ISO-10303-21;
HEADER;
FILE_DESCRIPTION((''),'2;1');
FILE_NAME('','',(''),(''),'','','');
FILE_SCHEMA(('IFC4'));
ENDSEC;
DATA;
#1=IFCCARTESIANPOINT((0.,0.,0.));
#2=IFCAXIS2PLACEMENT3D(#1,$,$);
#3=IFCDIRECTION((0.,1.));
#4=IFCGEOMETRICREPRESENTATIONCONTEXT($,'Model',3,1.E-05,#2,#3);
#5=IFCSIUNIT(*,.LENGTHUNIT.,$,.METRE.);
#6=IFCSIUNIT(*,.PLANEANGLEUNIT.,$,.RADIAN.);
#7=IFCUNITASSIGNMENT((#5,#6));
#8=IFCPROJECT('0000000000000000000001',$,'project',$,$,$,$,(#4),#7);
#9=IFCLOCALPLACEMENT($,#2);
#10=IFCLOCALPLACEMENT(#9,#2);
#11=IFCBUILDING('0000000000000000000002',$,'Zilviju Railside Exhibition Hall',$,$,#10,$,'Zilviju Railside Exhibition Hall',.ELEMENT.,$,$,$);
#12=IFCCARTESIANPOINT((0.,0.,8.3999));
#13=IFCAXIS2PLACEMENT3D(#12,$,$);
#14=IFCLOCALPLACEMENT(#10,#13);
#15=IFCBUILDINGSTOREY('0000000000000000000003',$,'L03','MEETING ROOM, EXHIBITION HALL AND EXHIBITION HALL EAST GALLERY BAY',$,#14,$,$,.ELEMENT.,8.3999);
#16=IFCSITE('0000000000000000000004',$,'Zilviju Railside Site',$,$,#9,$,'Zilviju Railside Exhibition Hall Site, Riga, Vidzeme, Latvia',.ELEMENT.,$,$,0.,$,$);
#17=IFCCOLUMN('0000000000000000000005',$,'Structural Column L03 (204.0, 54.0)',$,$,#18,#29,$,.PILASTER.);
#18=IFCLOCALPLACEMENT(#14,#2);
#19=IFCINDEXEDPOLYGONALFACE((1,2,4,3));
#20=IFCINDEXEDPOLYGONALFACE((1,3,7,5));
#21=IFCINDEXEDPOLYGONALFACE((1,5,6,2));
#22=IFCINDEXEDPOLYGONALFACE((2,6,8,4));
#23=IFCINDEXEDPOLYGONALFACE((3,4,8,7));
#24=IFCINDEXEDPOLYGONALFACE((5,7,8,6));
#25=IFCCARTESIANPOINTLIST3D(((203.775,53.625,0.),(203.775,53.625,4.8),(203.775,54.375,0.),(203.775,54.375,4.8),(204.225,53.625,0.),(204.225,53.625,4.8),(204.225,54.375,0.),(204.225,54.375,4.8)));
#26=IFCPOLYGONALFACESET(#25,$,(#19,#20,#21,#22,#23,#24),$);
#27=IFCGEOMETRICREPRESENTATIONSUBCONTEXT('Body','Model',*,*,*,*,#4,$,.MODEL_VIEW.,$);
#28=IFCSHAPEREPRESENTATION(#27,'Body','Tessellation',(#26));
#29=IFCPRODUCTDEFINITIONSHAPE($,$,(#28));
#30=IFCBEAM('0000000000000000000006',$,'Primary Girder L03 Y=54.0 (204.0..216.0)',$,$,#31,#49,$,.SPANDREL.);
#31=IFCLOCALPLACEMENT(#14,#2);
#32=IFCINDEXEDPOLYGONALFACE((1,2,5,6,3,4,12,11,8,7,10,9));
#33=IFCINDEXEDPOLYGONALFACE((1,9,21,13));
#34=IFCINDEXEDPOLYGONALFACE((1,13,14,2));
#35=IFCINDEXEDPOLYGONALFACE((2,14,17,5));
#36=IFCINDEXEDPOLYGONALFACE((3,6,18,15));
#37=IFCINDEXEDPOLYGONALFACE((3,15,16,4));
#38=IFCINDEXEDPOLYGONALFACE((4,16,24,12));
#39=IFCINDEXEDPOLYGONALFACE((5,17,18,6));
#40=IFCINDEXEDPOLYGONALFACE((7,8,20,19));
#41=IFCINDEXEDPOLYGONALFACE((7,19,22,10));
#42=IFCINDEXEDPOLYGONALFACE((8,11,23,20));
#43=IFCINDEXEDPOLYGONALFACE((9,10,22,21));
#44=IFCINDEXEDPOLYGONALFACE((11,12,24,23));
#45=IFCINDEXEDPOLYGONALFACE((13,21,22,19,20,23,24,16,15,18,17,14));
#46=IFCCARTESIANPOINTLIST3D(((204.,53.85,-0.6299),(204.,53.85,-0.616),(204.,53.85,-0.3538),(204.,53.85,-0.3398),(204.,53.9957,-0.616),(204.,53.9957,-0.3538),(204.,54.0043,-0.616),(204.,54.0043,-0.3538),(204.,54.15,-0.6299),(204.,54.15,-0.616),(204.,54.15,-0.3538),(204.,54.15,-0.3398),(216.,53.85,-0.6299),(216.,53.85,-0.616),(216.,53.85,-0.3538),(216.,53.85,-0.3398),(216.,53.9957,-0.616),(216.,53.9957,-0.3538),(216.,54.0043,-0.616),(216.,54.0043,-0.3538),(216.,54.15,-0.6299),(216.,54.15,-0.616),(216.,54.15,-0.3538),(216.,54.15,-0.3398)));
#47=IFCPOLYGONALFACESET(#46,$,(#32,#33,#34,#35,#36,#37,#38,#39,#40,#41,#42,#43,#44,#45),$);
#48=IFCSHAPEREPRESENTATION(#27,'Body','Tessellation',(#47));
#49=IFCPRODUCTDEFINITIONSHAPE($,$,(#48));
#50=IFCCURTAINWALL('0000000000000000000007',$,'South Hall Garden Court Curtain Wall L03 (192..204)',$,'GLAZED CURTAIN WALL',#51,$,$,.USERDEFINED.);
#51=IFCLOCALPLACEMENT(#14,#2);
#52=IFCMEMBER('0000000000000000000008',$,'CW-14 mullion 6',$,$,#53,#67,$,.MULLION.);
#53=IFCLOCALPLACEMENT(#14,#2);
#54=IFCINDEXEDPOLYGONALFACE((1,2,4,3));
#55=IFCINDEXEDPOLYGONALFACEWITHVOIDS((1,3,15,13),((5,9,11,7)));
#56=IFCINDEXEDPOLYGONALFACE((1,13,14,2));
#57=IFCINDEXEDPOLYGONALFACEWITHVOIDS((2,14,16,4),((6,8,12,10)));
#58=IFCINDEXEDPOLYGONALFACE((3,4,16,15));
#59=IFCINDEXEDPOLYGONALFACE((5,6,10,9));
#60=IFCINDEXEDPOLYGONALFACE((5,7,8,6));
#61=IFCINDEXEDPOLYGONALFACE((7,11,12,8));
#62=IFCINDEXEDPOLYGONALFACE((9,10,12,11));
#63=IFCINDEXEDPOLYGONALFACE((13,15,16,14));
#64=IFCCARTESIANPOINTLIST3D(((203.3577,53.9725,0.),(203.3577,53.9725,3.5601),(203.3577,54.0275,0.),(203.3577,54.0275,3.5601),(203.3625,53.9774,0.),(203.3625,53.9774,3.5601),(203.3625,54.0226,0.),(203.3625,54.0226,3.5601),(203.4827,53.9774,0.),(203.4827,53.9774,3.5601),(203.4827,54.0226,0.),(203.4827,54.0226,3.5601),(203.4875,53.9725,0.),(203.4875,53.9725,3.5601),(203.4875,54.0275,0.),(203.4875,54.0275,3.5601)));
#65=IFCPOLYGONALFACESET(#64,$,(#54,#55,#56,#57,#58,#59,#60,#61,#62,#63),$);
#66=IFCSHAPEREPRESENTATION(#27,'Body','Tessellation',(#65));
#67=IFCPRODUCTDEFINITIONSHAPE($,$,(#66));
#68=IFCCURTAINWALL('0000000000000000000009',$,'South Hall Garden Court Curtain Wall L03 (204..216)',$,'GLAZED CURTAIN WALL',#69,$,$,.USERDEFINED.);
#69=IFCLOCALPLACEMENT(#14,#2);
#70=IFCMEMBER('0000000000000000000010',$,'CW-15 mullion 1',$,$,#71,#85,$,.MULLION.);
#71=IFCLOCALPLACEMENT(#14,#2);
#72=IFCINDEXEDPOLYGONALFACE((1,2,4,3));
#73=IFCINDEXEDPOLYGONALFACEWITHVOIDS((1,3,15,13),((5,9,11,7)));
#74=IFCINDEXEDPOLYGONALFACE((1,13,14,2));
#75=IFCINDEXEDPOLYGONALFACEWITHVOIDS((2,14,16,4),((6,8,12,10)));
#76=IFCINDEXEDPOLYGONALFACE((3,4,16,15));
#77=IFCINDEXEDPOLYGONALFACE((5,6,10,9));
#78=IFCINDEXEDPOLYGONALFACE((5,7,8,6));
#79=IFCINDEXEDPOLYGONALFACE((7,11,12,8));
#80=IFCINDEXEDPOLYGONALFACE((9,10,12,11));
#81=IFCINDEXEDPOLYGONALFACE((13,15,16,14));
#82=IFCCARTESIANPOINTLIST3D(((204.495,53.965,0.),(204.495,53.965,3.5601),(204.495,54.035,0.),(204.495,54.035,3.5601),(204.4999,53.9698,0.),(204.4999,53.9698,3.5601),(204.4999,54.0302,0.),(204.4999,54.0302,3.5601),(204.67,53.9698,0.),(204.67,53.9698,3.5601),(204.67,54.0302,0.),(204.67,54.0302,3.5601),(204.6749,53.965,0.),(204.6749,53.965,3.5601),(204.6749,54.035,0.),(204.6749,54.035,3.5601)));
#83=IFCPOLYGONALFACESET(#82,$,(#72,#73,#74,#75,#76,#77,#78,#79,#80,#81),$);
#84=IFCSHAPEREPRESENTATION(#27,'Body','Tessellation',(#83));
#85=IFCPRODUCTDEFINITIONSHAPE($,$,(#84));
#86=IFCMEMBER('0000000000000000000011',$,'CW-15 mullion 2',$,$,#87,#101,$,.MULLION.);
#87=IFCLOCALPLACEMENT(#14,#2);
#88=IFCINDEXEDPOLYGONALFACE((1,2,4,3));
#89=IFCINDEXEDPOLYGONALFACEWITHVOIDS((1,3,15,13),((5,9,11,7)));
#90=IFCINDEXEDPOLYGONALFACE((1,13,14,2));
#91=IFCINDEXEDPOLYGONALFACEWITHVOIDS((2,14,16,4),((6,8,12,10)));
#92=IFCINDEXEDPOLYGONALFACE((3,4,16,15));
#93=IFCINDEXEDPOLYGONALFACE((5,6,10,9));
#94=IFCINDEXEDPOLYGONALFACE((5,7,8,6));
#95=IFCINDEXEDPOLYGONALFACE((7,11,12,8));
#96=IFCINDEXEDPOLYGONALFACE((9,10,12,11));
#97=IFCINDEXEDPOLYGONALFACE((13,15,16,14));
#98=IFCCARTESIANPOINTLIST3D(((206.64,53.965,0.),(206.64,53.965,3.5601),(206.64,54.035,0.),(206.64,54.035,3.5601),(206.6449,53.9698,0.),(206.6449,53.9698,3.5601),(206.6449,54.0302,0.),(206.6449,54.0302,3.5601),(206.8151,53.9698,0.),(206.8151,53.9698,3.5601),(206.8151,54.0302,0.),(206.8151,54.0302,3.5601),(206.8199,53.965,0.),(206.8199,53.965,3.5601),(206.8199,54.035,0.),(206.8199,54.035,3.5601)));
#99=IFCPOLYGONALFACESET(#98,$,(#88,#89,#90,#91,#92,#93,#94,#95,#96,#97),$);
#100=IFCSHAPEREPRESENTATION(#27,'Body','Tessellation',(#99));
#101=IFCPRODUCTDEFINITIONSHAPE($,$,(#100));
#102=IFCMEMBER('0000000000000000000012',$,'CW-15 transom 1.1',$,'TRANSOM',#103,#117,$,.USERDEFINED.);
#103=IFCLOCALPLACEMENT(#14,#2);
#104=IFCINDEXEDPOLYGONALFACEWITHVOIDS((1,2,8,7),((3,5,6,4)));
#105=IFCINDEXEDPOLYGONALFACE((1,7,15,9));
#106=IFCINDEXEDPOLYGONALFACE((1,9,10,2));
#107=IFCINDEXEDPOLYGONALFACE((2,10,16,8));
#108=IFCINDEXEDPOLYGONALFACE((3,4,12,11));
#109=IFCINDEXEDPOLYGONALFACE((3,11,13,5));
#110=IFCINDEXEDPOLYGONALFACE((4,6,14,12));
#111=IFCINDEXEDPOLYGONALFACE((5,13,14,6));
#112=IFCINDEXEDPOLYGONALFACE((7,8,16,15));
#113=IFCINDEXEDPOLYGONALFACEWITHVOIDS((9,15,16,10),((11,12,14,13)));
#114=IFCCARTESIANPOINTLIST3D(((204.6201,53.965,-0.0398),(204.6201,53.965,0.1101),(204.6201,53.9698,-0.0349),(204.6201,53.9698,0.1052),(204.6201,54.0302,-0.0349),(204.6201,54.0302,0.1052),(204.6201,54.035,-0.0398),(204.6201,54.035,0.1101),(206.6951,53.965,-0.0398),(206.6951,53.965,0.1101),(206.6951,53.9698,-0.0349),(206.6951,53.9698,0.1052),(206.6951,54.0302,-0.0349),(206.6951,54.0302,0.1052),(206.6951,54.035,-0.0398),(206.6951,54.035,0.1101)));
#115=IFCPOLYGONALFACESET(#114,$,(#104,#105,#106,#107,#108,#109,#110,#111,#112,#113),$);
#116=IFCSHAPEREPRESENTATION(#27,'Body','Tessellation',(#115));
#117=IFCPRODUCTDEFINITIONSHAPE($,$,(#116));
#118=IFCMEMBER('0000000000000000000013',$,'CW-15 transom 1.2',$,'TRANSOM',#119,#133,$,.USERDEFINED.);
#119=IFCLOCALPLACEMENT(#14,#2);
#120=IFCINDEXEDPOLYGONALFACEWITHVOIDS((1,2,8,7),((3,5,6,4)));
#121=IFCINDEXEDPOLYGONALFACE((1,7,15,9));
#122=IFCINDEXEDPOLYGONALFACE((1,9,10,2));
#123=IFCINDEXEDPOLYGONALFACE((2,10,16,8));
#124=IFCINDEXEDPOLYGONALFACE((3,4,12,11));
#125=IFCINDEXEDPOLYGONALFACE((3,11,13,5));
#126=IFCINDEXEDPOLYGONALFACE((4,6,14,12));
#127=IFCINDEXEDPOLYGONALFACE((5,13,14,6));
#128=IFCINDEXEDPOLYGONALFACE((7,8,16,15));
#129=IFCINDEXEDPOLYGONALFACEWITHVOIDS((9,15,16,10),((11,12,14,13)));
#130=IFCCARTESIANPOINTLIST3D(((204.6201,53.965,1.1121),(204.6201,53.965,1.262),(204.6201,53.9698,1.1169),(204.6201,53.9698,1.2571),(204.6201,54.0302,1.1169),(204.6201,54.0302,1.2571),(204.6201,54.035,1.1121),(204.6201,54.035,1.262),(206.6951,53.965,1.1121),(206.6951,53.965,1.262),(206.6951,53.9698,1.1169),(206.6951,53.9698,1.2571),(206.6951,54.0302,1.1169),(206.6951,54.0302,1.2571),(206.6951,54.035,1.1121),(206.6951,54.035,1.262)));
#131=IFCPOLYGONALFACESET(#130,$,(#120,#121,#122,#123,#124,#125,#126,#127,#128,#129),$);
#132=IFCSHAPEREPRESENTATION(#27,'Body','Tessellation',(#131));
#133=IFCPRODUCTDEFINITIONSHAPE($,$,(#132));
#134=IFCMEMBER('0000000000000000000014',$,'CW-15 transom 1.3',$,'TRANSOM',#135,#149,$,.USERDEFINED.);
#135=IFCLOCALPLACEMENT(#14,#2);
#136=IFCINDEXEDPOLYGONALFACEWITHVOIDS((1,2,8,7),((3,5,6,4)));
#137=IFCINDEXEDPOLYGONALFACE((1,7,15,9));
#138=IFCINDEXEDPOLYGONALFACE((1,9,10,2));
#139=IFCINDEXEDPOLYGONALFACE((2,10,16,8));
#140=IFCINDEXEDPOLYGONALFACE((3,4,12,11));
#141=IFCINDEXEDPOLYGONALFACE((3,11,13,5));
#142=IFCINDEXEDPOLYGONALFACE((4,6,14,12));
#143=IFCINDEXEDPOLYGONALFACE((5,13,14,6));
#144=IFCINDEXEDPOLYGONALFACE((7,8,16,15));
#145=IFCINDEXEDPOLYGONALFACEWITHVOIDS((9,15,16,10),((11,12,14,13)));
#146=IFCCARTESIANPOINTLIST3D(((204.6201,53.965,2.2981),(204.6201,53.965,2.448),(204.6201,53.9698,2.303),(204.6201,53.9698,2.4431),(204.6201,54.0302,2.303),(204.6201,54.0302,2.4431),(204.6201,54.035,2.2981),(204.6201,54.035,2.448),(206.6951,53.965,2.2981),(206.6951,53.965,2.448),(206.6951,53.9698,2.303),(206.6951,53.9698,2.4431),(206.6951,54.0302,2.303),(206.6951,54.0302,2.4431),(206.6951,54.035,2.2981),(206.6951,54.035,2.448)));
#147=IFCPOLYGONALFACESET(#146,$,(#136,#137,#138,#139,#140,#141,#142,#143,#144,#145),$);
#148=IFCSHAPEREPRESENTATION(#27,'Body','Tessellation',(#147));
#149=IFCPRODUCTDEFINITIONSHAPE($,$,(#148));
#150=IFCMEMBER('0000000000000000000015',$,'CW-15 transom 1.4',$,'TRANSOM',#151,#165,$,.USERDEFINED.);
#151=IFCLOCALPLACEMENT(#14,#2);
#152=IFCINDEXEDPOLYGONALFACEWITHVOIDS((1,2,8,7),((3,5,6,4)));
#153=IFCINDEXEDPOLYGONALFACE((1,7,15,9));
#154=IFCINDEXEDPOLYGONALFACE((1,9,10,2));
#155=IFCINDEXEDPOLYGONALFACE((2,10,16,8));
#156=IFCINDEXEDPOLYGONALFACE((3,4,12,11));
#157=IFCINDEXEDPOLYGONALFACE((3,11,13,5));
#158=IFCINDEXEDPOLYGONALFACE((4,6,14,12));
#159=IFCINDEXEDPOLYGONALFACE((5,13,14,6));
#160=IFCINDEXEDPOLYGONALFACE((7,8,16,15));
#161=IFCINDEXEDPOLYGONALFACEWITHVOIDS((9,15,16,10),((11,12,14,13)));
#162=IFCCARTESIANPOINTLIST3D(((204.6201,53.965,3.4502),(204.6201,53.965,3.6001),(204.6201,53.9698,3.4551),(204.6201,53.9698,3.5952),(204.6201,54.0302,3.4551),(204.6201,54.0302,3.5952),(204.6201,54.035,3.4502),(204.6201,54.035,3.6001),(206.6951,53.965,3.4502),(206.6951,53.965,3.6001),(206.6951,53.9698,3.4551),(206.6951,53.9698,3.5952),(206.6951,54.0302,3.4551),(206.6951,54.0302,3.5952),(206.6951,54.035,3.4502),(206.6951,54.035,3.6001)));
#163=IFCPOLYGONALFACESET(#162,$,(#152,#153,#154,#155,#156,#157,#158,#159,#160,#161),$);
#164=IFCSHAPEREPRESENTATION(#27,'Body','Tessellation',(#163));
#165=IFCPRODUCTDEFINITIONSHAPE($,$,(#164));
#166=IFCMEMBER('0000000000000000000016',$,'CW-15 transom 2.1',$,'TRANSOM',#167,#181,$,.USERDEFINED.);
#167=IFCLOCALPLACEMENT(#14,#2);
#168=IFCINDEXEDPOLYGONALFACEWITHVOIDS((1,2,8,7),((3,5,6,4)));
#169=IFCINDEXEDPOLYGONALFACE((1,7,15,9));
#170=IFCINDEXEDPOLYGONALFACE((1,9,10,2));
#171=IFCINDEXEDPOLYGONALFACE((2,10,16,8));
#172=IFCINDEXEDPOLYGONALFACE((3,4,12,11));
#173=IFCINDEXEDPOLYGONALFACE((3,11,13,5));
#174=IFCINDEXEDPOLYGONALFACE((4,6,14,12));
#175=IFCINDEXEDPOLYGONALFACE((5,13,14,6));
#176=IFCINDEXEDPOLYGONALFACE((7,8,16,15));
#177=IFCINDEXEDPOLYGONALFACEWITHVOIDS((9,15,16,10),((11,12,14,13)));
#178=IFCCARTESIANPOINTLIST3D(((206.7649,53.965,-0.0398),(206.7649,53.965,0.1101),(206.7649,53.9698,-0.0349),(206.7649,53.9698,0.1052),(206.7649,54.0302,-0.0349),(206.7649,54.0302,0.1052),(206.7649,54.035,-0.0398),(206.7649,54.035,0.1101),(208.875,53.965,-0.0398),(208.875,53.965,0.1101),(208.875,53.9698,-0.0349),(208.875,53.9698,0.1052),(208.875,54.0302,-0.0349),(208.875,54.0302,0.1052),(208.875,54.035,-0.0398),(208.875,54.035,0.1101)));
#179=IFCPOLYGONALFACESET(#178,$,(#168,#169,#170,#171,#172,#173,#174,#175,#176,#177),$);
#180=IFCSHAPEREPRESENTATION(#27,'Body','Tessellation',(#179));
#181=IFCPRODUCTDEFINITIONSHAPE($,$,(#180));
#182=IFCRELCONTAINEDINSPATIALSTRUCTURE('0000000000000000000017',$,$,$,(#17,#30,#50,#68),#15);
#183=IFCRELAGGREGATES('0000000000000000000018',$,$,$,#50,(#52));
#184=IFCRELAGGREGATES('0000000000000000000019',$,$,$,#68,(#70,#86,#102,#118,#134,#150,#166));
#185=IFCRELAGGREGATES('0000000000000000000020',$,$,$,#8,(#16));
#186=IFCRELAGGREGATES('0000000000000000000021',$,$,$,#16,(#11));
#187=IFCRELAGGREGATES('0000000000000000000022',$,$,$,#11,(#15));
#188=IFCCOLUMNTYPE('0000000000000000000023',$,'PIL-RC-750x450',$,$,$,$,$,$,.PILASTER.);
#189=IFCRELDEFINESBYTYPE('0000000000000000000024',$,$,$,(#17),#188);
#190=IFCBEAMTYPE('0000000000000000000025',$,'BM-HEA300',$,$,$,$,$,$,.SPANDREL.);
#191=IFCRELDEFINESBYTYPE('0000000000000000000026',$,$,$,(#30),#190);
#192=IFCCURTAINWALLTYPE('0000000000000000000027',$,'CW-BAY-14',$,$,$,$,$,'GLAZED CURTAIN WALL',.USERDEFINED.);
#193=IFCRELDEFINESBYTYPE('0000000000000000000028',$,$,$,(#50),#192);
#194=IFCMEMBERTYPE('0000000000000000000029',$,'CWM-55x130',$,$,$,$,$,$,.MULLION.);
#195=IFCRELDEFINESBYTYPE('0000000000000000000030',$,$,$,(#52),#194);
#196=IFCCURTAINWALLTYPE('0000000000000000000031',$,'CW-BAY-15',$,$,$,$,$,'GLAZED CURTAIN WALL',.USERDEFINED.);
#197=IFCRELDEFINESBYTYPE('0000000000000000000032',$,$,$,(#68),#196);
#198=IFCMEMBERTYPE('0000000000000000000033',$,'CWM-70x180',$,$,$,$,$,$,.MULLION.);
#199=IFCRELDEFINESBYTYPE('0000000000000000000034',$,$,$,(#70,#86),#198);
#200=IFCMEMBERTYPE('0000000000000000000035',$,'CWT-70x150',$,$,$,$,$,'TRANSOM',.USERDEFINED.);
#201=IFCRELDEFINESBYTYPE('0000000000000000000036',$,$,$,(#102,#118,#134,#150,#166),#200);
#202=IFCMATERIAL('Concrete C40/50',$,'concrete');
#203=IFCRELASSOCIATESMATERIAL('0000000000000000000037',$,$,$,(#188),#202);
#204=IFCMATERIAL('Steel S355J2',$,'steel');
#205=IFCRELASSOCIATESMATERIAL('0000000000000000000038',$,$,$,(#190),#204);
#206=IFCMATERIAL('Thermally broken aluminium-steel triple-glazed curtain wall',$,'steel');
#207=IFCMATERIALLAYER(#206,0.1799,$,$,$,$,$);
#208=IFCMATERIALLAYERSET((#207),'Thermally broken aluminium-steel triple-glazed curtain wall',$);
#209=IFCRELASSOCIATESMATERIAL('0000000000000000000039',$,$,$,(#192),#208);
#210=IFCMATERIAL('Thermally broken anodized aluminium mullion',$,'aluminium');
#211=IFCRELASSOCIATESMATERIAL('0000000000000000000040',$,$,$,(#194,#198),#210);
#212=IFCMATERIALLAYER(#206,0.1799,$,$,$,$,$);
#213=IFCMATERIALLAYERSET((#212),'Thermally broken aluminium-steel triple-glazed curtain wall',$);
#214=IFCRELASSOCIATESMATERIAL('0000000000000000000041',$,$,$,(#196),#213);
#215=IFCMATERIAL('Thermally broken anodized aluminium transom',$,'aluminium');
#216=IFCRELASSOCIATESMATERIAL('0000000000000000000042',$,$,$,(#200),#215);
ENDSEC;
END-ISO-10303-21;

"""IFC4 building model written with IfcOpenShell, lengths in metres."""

from ifc_helpers import new_model, si_unit, direction, frame, origin, origin_2d, place, context, subcontext, project, spatial, rectangle, hollow_rectangle, i_section, extrude, material, layer, layer_set, material_profile, profile_set, type_object, element, aggregate, save


model = new_model("IFC4")

# Units and contexts
model_context = context("Model", 3, precision=1e-05, world=origin(), true_north=direction((0.0, 1.0)))
body_context = subcontext(model_context, "Body", "Model", "MODEL_VIEW")
ifc_project = project(units=[si_unit("LENGTHUNIT", "METRE"), si_unit("PLANEANGLEUNIT", "RADIAN")], contexts=[model_context])

# Site, building, storey
site_placement = place(None, origin())
site = spatial("IfcSite", under=ifc_project, at=site_placement, Name="Zilviju Railside Site", LongName="Zilviju Railside Exhibition Hall Site, Riga, Vidzeme, Latvia", CompositionType="ELEMENT", RefElevation=0.0)
building_placement = place(site_placement, origin())
building = spatial("IfcBuilding", under=site, at=building_placement, Name="Zilviju Railside Exhibition Hall", LongName="Zilviju Railside Exhibition Hall", CompositionType="ELEMENT")
storey_placement = place(building_placement, frame((0.0, 0.0, 8.3999)))
storey = spatial("IfcBuildingStorey", under=building, at=storey_placement, Name="L03", Description="MEETING ROOM, EXHIBITION HALL AND EXHIBITION HALL EAST GALLERY BAY", CompositionType="ELEMENT", Elevation=8.3999)

# Column
ifc_material_1 = material(Name="Concrete C40/50", Category="concrete")
ifc_material_profile_1 = material_profile(ifc_material_1, rectangle(XDim=0.45, YDim=0.75, at=origin_2d()), Name="RC COL 450x750")
ifc_profile_set_1 = profile_set([ifc_material_profile_1], Name="Concrete C40/50")
column_type = type_object("IfcColumnType", Name="PIL-RC-750x450", PredefinedType="PILASTER", material=ifc_profile_set_1)
column_placement = place(storey_placement, frame((204.0, 54.0, 0.0), z_axis=(0.0, 0.0, 1.0), x_axis=(1.0, 0.0, 0.0)))
element("IfcColumn", 1, at=column_placement, inside=storey, type_object=column_type, Name="Structural Column L03 (204.0, 54.0)", PredefinedType="PILASTER", context=body_context, shape_type="SweptSolid", body=[
    extrude(rectangle(XDim=0.45, YDim=0.75, at=origin_2d()), origin(), (0.0, 0.0, 1.0), 4.8),
])

# Beam
ifc_material_2 = material(Name="Steel S355J2", Category="steel")
ifc_material_profile_2 = material_profile(ifc_material_2, i_section(OverallWidth=0.3, OverallDepth=0.29, WebThickness=0.0085, FlangeThickness=0.0139, at=origin_2d()), Name="HEA 300")
ifc_profile_set_2 = profile_set([ifc_material_profile_2], Name="Steel S355J2")
beam_type = type_object("IfcBeamType", Name="BM-HEA300", PredefinedType="SPANDREL", material=ifc_profile_set_2)
beam_placement = place(storey_placement, frame((204.0, 54.0, -0.4849), z_axis=(1.0, 0.0, 0.0), x_axis=(0.0, 1.0, 0.0)))
element("IfcBeam", 2, at=beam_placement, inside=storey, type_object=beam_type, Name="Primary Girder L03 Y=54.0 (204.0..216.0)", PredefinedType="SPANDREL", context=body_context, shape_type="SweptSolid", body=[
    extrude(i_section(OverallWidth=0.3, OverallDepth=0.29, WebThickness=0.0085, FlangeThickness=0.0139, at=origin_2d()), origin(), (0.0, 0.0, 1.0), 12.0),
])

# Curtain wall, member
ifc_material_3 = material(Name="Thermally broken aluminium-steel triple-glazed curtain wall", Category="steel")
ifc_layer_1 = layer(ifc_material_3, 0.1799)
ifc_layer_set_1 = layer_set([ifc_layer_1], Name="Thermally broken aluminium-steel triple-glazed curtain wall")
curtain_wall_type_1 = type_object("IfcCurtainWallType", Name="CW-BAY-14", ElementType="GLAZED CURTAIN WALL", PredefinedType="USERDEFINED", material=ifc_layer_set_1)
curtain_wall_1_placement = place(storey_placement, origin())
curtain_wall_1 = element("IfcCurtainWall", 3, at=curtain_wall_1_placement, inside=storey, type_object=curtain_wall_type_1, Name="South Hall Garden Court Curtain Wall L03 (192..204)", ObjectType="GLAZED CURTAIN WALL", PredefinedType="USERDEFINED")
ifc_material_4 = material(Name="Thermally broken anodized aluminium mullion", Category="aluminium")
ifc_material_profile_3 = material_profile(ifc_material_4, hollow_rectangle(XDim=0.0549, YDim=0.1299, WallThickness=0.0049, at=origin_2d()), Name="MULLION 130x55x5")
ifc_profile_set_3 = profile_set([ifc_material_profile_3], Name="Thermally broken anodized aluminium mullion")
member_type_1 = type_object("IfcMemberType", Name="CWM-55x130", PredefinedType="MULLION", material=ifc_profile_set_3)
member_1_placement = place(storey_placement, frame((203.4226, 54.0, 0.0), z_axis=(0.0, 0.0, 1.0), x_axis=(0.0, 1.0, 0.0)))
member_1 = element("IfcMember", 4, at=member_1_placement, type_object=member_type_1, Name="CW-14 mullion 6", PredefinedType="MULLION", context=body_context, shape_type="SweptSolid", body=[
    extrude(hollow_rectangle(XDim=0.0549, YDim=0.1299, WallThickness=0.0049, at=origin_2d()), origin(), (0.0, 0.0, 1.0), 3.5601),
])

# Curtain wall, members
ifc_layer_2 = layer(ifc_material_3, 0.1799)
ifc_layer_set_2 = layer_set([ifc_layer_2], Name="Thermally broken aluminium-steel triple-glazed curtain wall")
curtain_wall_type_2 = type_object("IfcCurtainWallType", Name="CW-BAY-15", ElementType="GLAZED CURTAIN WALL", PredefinedType="USERDEFINED", material=ifc_layer_set_2)
curtain_wall_2_placement = place(storey_placement, origin())
curtain_wall_2 = element("IfcCurtainWall", 5, at=curtain_wall_2_placement, inside=storey, type_object=curtain_wall_type_2, Name="South Hall Garden Court Curtain Wall L03 (204..216)", ObjectType="GLAZED CURTAIN WALL", PredefinedType="USERDEFINED")
ifc_material_profile_4 = material_profile(ifc_material_4, hollow_rectangle(XDim=0.0701, YDim=0.1799, WallThickness=0.0049, at=origin_2d()), Name="MULLION 180x70x5")
ifc_profile_set_4 = profile_set([ifc_material_profile_4], Name="Thermally broken anodized aluminium mullion")
member_type_2 = type_object("IfcMemberType", Name="CWM-70x180", PredefinedType="MULLION", material=ifc_profile_set_4)
member_2_placement = place(storey_placement, frame((204.585, 54.0, 0.0), z_axis=(0.0, 0.0, 1.0), x_axis=(0.0, 1.0, 0.0)))
member_2 = element("IfcMember", 6, at=member_2_placement, type_object=member_type_2, Name="CW-15 mullion 1", PredefinedType="MULLION", context=body_context, shape_type="SweptSolid", body=[
    extrude(hollow_rectangle(XDim=0.0701, YDim=0.1799, WallThickness=0.0049, at=origin_2d()), origin(), (0.0, 0.0, 1.0), 3.5601),
])
member_3_placement = place(storey_placement, frame((206.73, 54.0, 0.0), z_axis=(0.0, 0.0, 1.0), x_axis=(0.0, 1.0, 0.0)))
member_3 = element("IfcMember", 7, at=member_3_placement, type_object=member_type_2, Name="CW-15 mullion 2", PredefinedType="MULLION", context=body_context, shape_type="SweptSolid", body=[
    extrude(hollow_rectangle(XDim=0.0701, YDim=0.1799, WallThickness=0.0049, at=origin_2d()), origin(), (0.0, 0.0, 1.0), 3.5601),
])
ifc_material_5 = material(Name="Thermally broken anodized aluminium transom", Category="aluminium")
ifc_material_profile_5 = material_profile(ifc_material_5, hollow_rectangle(XDim=0.0701, YDim=0.1499, WallThickness=0.0049, at=origin_2d()), Name="TRANSOM 150x70x5")
ifc_profile_set_5 = profile_set([ifc_material_profile_5], Name="Thermally broken anodized aluminium transom")
member_type_3 = type_object("IfcMemberType", Name="CWT-70x150", ElementType="TRANSOM", PredefinedType="USERDEFINED", material=ifc_profile_set_5)
member_4_placement = place(storey_placement, frame((204.6201, 54.0, 0.0352), z_axis=(1.0, 0.0, 0.0), x_axis=(0.0, 1.0, 0.0)))
member_4 = element("IfcMember", 8, at=member_4_placement, type_object=member_type_3, Name="CW-15 transom 1.1", ObjectType="TRANSOM", PredefinedType="USERDEFINED", context=body_context, shape_type="SweptSolid", body=[
    extrude(hollow_rectangle(XDim=0.0701, YDim=0.1499, WallThickness=0.0049, at=origin_2d()), origin(), (0.0, 0.0, 1.0), 2.075),
])
member_5_placement = place(storey_placement, frame((204.6201, 54.0, 1.187), z_axis=(1.0, 0.0, 0.0), x_axis=(0.0, 1.0, 0.0)))
member_5 = element("IfcMember", 9, at=member_5_placement, type_object=member_type_3, Name="CW-15 transom 1.2", ObjectType="TRANSOM", PredefinedType="USERDEFINED", context=body_context, shape_type="SweptSolid", body=[
    extrude(hollow_rectangle(XDim=0.0701, YDim=0.1499, WallThickness=0.0049, at=origin_2d()), origin(), (0.0, 0.0, 1.0), 2.075),
])
member_6_placement = place(storey_placement, frame((204.6201, 54.0, 2.373), z_axis=(1.0, 0.0, 0.0), x_axis=(0.0, 1.0, 0.0)))
member_6 = element("IfcMember", 10, at=member_6_placement, type_object=member_type_3, Name="CW-15 transom 1.3", ObjectType="TRANSOM", PredefinedType="USERDEFINED", context=body_context, shape_type="SweptSolid", body=[
    extrude(hollow_rectangle(XDim=0.0701, YDim=0.1499, WallThickness=0.0049, at=origin_2d()), origin(), (0.0, 0.0, 1.0), 2.075),
])
member_7_placement = place(storey_placement, frame((204.6201, 54.0, 3.5251), z_axis=(1.0, 0.0, 0.0), x_axis=(0.0, 1.0, 0.0)))
member_7 = element("IfcMember", 11, at=member_7_placement, type_object=member_type_3, Name="CW-15 transom 1.4", ObjectType="TRANSOM", PredefinedType="USERDEFINED", context=body_context, shape_type="SweptSolid", body=[
    extrude(hollow_rectangle(XDim=0.0701, YDim=0.1499, WallThickness=0.0049, at=origin_2d()), origin(), (0.0, 0.0, 1.0), 2.075),
])
member_8_placement = place(storey_placement, frame((206.7649, 54.0, 0.0352), z_axis=(1.0, 0.0, 0.0), x_axis=(0.0, 1.0, 0.0)))
member_8 = element("IfcMember", 12, at=member_8_placement, type_object=member_type_3, Name="CW-15 transom 2.1", ObjectType="TRANSOM", PredefinedType="USERDEFINED", context=body_context, shape_type="SweptSolid", body=[
    extrude(hollow_rectangle(XDim=0.0701, YDim=0.1499, WallThickness=0.0049, at=origin_2d()), origin(), (0.0, 0.0, 1.0), 2.1101),
])

aggregate(curtain_wall_1, [member_1])
aggregate(curtain_wall_2, [member_2, member_3, member_4, member_5, member_6, member_7, member_8])

save(model, "model.ifc")
